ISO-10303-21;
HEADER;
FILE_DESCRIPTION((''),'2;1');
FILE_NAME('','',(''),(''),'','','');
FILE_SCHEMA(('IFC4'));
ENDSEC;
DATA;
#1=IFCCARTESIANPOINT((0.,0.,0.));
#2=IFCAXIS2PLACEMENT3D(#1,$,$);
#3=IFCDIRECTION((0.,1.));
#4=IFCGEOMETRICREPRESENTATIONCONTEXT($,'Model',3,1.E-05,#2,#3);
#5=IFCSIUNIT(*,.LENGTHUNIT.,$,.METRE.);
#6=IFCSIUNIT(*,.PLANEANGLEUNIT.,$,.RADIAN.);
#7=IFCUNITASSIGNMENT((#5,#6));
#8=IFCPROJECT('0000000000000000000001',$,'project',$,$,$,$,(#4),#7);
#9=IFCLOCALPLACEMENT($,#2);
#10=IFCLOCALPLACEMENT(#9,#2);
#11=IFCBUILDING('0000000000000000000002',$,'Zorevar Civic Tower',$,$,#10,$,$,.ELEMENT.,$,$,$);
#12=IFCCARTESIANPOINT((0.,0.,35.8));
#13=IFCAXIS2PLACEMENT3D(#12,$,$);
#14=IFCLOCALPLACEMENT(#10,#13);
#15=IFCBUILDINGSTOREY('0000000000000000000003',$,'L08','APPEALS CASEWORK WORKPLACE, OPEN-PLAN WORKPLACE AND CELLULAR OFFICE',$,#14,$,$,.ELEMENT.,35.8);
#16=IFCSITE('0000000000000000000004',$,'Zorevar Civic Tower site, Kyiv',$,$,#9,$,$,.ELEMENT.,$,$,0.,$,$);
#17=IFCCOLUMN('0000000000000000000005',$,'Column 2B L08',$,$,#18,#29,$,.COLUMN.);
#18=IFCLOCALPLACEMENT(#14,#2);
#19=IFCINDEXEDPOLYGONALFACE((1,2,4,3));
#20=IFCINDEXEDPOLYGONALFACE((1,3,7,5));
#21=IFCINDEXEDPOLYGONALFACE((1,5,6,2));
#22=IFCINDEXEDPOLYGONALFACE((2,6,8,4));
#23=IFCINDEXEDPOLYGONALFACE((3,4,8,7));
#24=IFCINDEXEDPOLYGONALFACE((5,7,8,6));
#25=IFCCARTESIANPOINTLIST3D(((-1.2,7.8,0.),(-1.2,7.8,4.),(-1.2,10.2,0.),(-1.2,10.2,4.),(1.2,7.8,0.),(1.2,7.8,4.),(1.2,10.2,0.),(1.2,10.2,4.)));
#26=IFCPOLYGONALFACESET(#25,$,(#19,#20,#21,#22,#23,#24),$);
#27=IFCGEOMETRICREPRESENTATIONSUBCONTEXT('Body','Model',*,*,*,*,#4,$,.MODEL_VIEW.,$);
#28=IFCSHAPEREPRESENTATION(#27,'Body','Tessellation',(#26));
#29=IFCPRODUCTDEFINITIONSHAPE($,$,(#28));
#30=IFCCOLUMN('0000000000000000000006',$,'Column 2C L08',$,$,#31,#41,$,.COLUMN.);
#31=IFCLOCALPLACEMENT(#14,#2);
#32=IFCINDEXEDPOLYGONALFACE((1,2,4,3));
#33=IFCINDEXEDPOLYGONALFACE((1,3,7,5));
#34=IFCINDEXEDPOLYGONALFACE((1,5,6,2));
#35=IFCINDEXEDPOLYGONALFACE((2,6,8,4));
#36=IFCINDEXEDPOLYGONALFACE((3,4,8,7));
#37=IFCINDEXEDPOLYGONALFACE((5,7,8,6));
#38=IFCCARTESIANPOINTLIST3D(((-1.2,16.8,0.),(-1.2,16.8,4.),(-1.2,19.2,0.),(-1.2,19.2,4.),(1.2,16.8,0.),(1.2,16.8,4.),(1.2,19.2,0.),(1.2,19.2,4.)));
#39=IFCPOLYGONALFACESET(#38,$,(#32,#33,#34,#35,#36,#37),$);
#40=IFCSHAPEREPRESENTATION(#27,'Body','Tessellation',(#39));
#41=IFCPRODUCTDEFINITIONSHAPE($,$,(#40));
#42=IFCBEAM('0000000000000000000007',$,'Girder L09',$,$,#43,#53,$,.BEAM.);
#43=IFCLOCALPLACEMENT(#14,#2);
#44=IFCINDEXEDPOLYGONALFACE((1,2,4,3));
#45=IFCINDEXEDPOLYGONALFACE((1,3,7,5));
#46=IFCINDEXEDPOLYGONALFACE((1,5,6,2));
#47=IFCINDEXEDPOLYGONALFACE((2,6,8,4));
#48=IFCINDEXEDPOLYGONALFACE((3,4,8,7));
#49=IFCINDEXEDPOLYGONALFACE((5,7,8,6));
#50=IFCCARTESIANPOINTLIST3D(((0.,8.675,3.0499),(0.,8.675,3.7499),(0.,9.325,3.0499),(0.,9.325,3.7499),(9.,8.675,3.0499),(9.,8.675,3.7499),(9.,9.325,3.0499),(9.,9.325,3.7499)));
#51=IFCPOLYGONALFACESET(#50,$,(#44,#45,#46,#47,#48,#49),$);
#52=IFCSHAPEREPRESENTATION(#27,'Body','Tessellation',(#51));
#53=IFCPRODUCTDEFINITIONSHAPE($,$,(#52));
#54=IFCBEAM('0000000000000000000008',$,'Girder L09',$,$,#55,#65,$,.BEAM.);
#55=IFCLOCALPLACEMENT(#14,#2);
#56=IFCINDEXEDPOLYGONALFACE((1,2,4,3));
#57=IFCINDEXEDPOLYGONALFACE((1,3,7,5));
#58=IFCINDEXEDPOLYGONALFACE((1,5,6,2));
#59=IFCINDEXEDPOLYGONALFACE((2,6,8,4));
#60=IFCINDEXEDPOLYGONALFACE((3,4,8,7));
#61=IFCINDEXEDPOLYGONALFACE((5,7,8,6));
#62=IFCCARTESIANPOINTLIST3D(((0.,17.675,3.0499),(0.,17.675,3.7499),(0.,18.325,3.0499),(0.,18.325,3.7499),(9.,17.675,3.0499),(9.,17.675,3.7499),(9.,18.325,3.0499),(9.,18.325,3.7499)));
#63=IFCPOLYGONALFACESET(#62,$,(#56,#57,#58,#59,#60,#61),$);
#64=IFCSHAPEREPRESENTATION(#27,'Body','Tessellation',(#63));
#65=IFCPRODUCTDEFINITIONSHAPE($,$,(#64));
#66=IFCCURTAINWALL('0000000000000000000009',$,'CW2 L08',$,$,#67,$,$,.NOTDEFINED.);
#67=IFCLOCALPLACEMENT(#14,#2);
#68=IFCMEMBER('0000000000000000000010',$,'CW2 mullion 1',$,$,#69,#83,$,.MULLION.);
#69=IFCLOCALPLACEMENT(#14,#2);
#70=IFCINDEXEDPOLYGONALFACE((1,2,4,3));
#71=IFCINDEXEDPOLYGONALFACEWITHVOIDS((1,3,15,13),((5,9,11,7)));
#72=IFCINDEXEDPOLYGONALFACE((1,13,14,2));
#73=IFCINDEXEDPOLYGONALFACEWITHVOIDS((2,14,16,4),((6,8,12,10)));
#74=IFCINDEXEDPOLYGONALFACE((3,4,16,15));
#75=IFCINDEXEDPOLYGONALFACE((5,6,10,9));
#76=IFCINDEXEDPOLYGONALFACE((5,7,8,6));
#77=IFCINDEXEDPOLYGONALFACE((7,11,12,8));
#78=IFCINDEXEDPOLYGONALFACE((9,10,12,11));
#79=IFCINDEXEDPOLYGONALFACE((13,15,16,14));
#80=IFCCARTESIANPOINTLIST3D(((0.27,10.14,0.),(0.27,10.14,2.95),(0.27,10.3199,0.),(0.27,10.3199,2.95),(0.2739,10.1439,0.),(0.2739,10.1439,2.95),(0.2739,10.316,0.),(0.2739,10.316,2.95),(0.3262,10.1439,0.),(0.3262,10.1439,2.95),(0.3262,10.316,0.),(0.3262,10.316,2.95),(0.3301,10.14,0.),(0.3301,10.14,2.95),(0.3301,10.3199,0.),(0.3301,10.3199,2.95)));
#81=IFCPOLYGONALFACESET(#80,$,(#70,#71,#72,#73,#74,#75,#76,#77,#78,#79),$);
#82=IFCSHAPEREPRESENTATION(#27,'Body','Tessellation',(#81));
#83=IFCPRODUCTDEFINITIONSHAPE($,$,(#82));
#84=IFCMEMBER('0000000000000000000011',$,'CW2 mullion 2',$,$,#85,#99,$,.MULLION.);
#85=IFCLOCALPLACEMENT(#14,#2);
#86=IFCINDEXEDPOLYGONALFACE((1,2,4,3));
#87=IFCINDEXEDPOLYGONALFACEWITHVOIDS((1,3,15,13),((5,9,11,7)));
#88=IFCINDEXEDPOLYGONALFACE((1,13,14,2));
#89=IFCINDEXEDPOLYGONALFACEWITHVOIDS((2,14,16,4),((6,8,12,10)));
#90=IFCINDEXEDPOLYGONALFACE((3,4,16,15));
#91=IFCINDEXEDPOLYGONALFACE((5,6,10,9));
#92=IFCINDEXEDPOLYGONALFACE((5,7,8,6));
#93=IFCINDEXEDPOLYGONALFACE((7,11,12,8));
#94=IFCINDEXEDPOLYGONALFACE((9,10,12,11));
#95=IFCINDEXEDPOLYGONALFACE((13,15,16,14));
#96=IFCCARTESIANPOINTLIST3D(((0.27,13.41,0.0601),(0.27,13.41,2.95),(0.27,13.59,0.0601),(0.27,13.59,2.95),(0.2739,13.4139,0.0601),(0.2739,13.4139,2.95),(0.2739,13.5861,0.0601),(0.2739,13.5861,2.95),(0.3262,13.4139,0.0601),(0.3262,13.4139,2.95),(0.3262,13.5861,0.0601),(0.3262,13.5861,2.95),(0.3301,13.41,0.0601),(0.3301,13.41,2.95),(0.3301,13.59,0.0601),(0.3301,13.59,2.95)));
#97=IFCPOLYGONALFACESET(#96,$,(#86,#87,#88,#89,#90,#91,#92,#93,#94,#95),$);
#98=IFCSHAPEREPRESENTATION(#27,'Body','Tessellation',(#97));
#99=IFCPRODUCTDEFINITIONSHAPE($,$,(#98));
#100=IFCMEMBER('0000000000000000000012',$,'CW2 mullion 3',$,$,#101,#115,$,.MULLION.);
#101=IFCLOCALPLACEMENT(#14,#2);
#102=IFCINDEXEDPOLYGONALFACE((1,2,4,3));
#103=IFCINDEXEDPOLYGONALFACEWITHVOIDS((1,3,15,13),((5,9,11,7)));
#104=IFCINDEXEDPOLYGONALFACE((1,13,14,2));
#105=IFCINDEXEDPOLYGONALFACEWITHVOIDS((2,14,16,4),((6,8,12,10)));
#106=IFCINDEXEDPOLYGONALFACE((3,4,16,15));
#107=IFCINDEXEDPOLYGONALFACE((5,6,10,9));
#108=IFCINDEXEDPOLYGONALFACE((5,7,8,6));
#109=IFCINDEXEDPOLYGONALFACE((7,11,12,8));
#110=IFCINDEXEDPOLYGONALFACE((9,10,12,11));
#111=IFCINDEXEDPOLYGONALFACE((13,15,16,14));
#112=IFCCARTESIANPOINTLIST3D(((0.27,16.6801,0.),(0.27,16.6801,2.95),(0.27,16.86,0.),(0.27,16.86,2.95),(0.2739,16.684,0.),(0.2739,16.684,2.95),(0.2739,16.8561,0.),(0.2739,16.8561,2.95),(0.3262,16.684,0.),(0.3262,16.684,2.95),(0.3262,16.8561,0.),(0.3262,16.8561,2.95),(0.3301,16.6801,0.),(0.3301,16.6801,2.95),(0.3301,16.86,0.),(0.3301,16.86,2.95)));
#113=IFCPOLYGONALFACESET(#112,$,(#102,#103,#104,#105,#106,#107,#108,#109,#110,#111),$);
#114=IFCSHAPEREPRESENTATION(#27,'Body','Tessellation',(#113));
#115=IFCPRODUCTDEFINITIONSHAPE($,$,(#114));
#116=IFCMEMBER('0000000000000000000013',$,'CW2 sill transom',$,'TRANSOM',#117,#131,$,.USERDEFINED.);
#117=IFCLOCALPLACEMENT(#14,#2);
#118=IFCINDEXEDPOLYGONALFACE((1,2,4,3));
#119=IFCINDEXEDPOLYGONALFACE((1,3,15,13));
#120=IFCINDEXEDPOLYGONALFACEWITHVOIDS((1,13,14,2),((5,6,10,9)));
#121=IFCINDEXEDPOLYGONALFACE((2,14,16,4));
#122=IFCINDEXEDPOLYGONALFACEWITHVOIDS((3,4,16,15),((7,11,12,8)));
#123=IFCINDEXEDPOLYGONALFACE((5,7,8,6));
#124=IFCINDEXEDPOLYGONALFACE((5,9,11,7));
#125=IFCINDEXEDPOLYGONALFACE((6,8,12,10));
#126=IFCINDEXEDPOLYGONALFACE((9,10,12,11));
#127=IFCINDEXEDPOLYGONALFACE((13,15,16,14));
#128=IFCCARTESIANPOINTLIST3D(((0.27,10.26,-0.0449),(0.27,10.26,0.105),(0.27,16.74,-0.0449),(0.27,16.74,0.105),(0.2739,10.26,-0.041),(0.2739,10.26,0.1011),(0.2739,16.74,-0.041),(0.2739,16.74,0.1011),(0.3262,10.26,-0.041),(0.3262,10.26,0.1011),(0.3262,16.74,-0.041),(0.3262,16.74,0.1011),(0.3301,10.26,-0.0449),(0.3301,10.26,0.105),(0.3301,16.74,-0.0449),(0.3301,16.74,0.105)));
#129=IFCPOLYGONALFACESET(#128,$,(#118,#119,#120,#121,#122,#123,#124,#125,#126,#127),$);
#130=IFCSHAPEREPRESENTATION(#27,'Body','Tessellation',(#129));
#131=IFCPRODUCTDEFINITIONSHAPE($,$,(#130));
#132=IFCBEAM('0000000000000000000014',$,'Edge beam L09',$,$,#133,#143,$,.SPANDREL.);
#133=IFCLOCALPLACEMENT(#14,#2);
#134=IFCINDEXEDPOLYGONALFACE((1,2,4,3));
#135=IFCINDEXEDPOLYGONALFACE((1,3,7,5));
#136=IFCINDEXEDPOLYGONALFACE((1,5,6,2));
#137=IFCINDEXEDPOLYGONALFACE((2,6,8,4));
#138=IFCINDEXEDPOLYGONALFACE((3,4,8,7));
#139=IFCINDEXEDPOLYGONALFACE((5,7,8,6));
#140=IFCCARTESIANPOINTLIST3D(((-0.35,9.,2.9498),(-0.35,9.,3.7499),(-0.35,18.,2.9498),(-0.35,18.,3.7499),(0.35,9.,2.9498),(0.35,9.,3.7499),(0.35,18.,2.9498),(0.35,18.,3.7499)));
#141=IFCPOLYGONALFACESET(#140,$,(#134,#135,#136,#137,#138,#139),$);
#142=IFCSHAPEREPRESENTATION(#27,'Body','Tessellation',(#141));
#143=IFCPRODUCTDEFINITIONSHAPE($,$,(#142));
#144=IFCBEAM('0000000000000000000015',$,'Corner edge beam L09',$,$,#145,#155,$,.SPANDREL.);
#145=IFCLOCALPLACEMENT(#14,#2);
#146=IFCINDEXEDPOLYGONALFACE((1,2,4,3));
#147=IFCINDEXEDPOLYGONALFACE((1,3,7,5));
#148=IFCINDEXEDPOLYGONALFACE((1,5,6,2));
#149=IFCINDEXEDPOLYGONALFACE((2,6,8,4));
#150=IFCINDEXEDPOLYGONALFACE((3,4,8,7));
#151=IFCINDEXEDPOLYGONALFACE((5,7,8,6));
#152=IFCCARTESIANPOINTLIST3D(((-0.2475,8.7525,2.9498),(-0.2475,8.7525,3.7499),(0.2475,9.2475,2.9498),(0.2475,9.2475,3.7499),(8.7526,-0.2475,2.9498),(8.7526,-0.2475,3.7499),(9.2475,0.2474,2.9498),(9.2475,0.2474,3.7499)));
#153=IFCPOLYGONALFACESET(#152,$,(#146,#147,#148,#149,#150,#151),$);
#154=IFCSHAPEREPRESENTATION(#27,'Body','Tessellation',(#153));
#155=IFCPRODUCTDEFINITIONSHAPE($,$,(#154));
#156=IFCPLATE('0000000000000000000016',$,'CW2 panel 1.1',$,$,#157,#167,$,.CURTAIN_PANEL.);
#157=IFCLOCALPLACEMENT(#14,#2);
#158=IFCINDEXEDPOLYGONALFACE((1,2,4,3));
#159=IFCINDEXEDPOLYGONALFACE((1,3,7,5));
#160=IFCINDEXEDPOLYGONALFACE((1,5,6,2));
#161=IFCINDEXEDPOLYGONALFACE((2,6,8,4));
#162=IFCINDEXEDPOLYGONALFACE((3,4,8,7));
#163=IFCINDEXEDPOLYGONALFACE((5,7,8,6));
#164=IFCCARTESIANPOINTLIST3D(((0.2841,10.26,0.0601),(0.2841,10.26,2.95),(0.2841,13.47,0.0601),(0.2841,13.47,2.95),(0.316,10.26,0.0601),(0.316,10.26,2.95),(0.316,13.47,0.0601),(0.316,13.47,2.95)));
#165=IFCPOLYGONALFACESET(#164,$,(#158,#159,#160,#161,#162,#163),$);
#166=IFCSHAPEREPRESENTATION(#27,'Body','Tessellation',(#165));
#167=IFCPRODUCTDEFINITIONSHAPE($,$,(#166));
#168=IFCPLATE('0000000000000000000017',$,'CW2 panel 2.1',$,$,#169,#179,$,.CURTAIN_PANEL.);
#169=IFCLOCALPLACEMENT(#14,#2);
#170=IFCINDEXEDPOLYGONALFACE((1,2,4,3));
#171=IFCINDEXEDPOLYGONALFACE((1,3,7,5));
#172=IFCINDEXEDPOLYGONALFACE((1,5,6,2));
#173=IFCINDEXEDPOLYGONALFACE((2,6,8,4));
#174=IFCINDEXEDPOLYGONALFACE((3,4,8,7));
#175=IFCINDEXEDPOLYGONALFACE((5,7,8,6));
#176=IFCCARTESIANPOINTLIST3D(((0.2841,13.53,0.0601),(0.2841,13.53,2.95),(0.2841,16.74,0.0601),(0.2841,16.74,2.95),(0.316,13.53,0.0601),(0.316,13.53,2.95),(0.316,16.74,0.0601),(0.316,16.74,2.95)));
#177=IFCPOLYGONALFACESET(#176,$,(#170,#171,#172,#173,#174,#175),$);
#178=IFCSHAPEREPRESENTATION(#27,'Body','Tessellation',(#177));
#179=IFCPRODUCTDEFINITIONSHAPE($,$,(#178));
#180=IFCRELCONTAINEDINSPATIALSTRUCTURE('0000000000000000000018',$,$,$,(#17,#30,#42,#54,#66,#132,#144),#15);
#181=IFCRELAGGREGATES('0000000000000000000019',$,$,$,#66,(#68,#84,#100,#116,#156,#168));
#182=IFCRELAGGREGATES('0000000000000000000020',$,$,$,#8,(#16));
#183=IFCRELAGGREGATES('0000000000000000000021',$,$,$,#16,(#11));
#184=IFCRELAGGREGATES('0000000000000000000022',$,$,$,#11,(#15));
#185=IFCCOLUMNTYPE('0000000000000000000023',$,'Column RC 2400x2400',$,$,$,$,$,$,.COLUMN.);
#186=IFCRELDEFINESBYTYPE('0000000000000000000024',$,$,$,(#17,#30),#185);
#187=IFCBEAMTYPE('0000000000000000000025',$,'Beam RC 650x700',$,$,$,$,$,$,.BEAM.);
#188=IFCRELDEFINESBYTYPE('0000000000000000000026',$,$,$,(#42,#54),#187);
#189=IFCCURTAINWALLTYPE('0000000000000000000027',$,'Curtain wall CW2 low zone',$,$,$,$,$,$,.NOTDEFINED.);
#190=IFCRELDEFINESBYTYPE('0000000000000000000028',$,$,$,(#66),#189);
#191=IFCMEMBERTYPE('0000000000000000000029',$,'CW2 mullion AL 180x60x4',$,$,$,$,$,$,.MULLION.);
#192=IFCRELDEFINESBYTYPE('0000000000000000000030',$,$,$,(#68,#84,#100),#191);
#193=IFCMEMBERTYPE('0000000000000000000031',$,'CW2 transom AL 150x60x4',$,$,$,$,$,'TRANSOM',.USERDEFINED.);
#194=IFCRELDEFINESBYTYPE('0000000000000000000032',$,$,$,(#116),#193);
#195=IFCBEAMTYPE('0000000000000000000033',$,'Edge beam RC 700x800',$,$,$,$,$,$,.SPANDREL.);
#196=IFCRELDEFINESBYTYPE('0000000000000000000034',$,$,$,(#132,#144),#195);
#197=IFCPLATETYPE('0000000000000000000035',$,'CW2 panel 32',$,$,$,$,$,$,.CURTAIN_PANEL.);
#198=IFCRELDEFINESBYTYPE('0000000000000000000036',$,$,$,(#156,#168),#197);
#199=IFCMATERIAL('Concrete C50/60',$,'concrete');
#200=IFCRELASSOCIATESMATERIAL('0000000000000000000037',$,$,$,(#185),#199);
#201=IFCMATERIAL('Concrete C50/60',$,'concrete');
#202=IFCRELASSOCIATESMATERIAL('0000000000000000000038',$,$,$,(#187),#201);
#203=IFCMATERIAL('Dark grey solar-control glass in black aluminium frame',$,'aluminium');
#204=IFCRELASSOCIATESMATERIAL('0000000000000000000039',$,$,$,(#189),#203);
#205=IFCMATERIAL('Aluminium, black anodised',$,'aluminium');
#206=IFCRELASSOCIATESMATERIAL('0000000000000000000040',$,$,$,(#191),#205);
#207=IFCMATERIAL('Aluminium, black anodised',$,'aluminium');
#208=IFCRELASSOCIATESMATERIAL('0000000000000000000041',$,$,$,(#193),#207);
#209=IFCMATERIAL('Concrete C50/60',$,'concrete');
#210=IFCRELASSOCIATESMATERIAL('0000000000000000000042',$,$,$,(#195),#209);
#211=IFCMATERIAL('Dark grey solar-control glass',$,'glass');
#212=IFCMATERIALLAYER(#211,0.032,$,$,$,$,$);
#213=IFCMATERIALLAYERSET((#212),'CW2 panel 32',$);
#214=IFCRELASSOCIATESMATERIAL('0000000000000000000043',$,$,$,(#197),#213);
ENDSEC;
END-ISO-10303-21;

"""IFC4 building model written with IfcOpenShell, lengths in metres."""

from ifc_helpers import new_model, si_unit, direction, frame, origin, origin_2d, place, context, subcontext, project, spatial, rectangle, hollow_rectangle, extrude, material, layer, layer_set, material_profile, profile_set, type_object, element, aggregate, save


model = new_model("IFC4")

# Units and contexts
model_context = context("Model", 3, precision=1e-05, world=origin(), true_north=direction((0.0, 1.0)))
body_context = subcontext(model_context, "Body", "Model", "MODEL_VIEW")
ifc_project = project(units=[si_unit("LENGTHUNIT", "METRE"), si_unit("PLANEANGLEUNIT", "RADIAN")], contexts=[model_context])

# Site, building, storey
site_placement = place(None, origin())
site = spatial("IfcSite", under=ifc_project, at=site_placement, Name="Zorevar Civic Tower site, Kyiv", CompositionType="ELEMENT", RefElevation=0.0)
building_placement = place(site_placement, origin())
building = spatial("IfcBuilding", under=site, at=building_placement, Name="Zorevar Civic Tower", CompositionType="ELEMENT")
storey_placement = place(building_placement, frame((0.0, 0.0, 35.8)))
storey = spatial("IfcBuildingStorey", under=building, at=storey_placement, Name="L08", Description="APPEALS CASEWORK WORKPLACE, OPEN-PLAN WORKPLACE AND CELLULAR OFFICE", CompositionType="ELEMENT", Elevation=35.8)

# Columns
ifc_material_1 = material(Name="Concrete C50/60", Category="concrete")
ifc_material_profile_1 = material_profile(ifc_material_1, rectangle(XDim=2.3999, YDim=2.3999, at=origin_2d()), Name="RC 2400x2400")
ifc_profile_set_1 = profile_set([ifc_material_profile_1], Name="Concrete C50/60")
column_type = type_object("IfcColumnType", Name="Column RC 2400x2400", PredefinedType="COLUMN", material=ifc_profile_set_1)
for number, where, z_axis, x_axis, name in (
    (1, (0.0, 9.0, 0.0), (0.0, 0.0, 1.0), (1.0, 0.0, 0.0), "Column 2B L08"),
    (2, (0.0, 18.0, 0.0), (0.0, 0.0, 1.0), (1.0, 0.0, 0.0), "Column 2C L08"),
):
    element("IfcColumn", number, at=place(storey_placement, frame(where, z_axis=z_axis, x_axis=x_axis)), inside=storey, type_object=column_type, Name=name, PredefinedType="COLUMN", context=body_context, shape_type="SweptSolid", body=[
        extrude(rectangle(XDim=2.3999, YDim=2.3999, at=origin_2d()), origin(), (0.0, 0.0, 1.0), 4.0),
    ])

# Beams
ifc_material_2 = material(Name="Concrete C50/60", Category="concrete")
ifc_material_profile_2 = material_profile(ifc_material_2, rectangle(XDim=0.6499, YDim=0.7, at=origin_2d()), Name="RC 650x700")
ifc_profile_set_2 = profile_set([ifc_material_profile_2], Name="Concrete C50/60")
beam_type_1 = type_object("IfcBeamType", Name="Beam RC 650x700", PredefinedType="BEAM", material=ifc_profile_set_2)
for number, where, z_axis, x_axis, name in (
    (3, (0.0, 9.0, 3.3999), (1.0, 0.0, 0.0), (0.0, 1.0, 0.0), "Girder L09"),
    (4, (0.0, 18.0, 3.3999), (1.0, 0.0, 0.0), (0.0, 1.0, 0.0), "Girder L09"),
):
    element("IfcBeam", number, at=place(storey_placement, frame(where, z_axis=z_axis, x_axis=x_axis)), inside=storey, type_object=beam_type_1, Name=name, PredefinedType="BEAM", context=body_context, shape_type="SweptSolid", body=[
        extrude(rectangle(XDim=0.6499, YDim=0.7, at=origin_2d()), origin(), (0.0, 0.0, 1.0), 9.0),
    ])

# Curtain wall, members
ifc_material_3 = material(Name="Dark grey solar-control glass in black aluminium frame", Category="aluminium")
curtain_wall_type = type_object("IfcCurtainWallType", Name="Curtain wall CW2 low zone", PredefinedType="NOTDEFINED", material=ifc_material_3)
curtain_wall_placement = place(storey_placement, origin())
curtain_wall = element("IfcCurtainWall", 5, at=curtain_wall_placement, inside=storey, type_object=curtain_wall_type, Name="CW2 L08", PredefinedType="NOTDEFINED")
ifc_material_4 = material(Name="Aluminium, black anodised", Category="aluminium")
ifc_material_profile_3 = material_profile(ifc_material_4, hollow_rectangle(XDim=0.0601, YDim=0.1799, WallThickness=0.0039, at=origin_2d()), Name="AL 180x60x4")
ifc_profile_set_3 = profile_set([ifc_material_profile_3], Name="Aluminium, black anodised")
member_type_1 = type_object("IfcMemberType", Name="CW2 mullion AL 180x60x4", PredefinedType="MULLION", material=ifc_profile_set_3)
member_1_placement = place(storey_placement, frame((0.3, 10.23, 0.0), z_axis=(0.0, 0.0, 1.0), x_axis=(-1.0, 0.0, 0.0)))
member_1 = element("IfcMember", 6, at=member_1_placement, type_object=member_type_1, Name="CW2 mullion 1", PredefinedType="MULLION", context=body_context, shape_type="SweptSolid", body=[
    extrude(hollow_rectangle(XDim=0.0601, YDim=0.1799, WallThickness=0.0039, at=origin_2d()), origin(), (0.0, 0.0, 1.0), 2.95),
])
member_2_placement = place(storey_placement, frame((0.3, 13.5, 0.0601), z_axis=(0.0, 0.0, 1.0), x_axis=(-1.0, 0.0, 0.0)))
member_2 = element("IfcMember", 7, at=member_2_placement, type_object=member_type_1, Name="CW2 mullion 2", PredefinedType="MULLION", context=body_context, shape_type="SweptSolid", body=[
    extrude(hollow_rectangle(XDim=0.0601, YDim=0.1799, WallThickness=0.0039, at=origin_2d()), origin(), (0.0, 0.0, 1.0), 2.8899),
])
member_3_placement = place(storey_placement, frame((0.3, 16.77, 0.0), z_axis=(0.0, 0.0, 1.0), x_axis=(-1.0, 0.0, 0.0)))
member_3 = element("IfcMember", 8, at=member_3_placement, type_object=member_type_1, Name="CW2 mullion 3", PredefinedType="MULLION", context=body_context, shape_type="SweptSolid", body=[
    extrude(hollow_rectangle(XDim=0.0601, YDim=0.1799, WallThickness=0.0039, at=origin_2d()), origin(), (0.0, 0.0, 1.0), 2.95),
])
ifc_material_5 = material(Name="Aluminium, black anodised", Category="aluminium")
ifc_material_profile_4 = material_profile(ifc_material_5, hollow_rectangle(XDim=0.0601, YDim=0.1499, WallThickness=0.0039, at=origin_2d()), Name="AL 150x60x4")
ifc_profile_set_4 = profile_set([ifc_material_profile_4], Name="Aluminium, black anodised")
member_type_2 = type_object("IfcMemberType", Name="CW2 transom AL 150x60x4", ElementType="TRANSOM", PredefinedType="USERDEFINED", material=ifc_profile_set_4)
member_4_placement = place(storey_placement, frame((0.3, 10.26, 0.03), z_axis=(0.0, 1.0, 0.0), x_axis=(-1.0, 0.0, 0.0)))
member_4 = element("IfcMember", 9, at=member_4_placement, type_object=member_type_2, Name="CW2 sill transom", ObjectType="TRANSOM", PredefinedType="USERDEFINED", context=body_context, shape_type="SweptSolid", body=[
    extrude(hollow_rectangle(XDim=0.0601, YDim=0.1499, WallThickness=0.0039, at=origin_2d()), origin(), (0.0, 0.0, 1.0), 6.48),
])

# Beams
ifc_material_6 = material(Name="Concrete C50/60", Category="concrete")
ifc_material_profile_5 = material_profile(ifc_material_6, rectangle(XDim=0.7, YDim=0.8, at=origin_2d()), Name="RC 700x800")
ifc_profile_set_5 = profile_set([ifc_material_profile_5], Name="Concrete C50/60")
beam_type_2 = type_object("IfcBeamType", Name="Edge beam RC 700x800", PredefinedType="SPANDREL", material=ifc_profile_set_5)
beam_1_placement = place(storey_placement, frame((0.0, 9.0, 3.3499), z_axis=(0.0, 1.0, 0.0), x_axis=(-1.0, 0.0, 0.0)))
element("IfcBeam", 10, at=beam_1_placement, inside=storey, type_object=beam_type_2, Name="Edge beam L09", PredefinedType="SPANDREL", context=body_context, shape_type="SweptSolid", body=[
    extrude(rectangle(XDim=0.7, YDim=0.8, at=origin_2d()), origin(), (0.0, 0.0, 1.0), 9.0),
])
beam_2_placement = place(storey_placement, frame((0.0, 9.0, 3.3499), z_axis=(0.707107, -0.707107, 0.0), x_axis=(0.707107, 0.707107, 0.0)))
element("IfcBeam", 11, at=beam_2_placement, inside=storey, type_object=beam_type_2, Name="Corner edge beam L09", PredefinedType="SPANDREL", context=body_context, shape_type="SweptSolid", body=[
    extrude(rectangle(XDim=0.7, YDim=0.8, at=origin_2d()), origin(), (0.0, 0.0, 1.0), 12.728),
])

# Plates
ifc_material_7 = material(Name="Dark grey solar-control glass", Category="glass")
ifc_layer_1 = layer(ifc_material_7, 0.032)
ifc_layer_set_1 = layer_set([ifc_layer_1], Name="CW2 panel 32")
plate_type = type_object("IfcPlateType", Name="CW2 panel 32", PredefinedType="CURTAIN_PANEL", material=ifc_layer_set_1)
plate_1_placement = place(storey_placement, frame((0.3, 11.865, 0.0601), z_axis=(0.0, 0.0, 1.0), x_axis=(0.0, 1.0, 0.0)))
plate_1 = element("IfcPlate", 12, at=plate_1_placement, type_object=plate_type, Name="CW2 panel 1.1", PredefinedType="CURTAIN_PANEL", context=body_context, shape_type="SweptSolid", body=[
    extrude(rectangle(XDim=3.21, YDim=0.032, at=origin_2d()), origin(), (0.0, 0.0, 1.0), 2.8899),
])
plate_2_placement = place(storey_placement, frame((0.3, 15.135, 0.0601), z_axis=(0.0, 0.0, 1.0), x_axis=(0.0, 1.0, 0.0)))
plate_2 = element("IfcPlate", 13, at=plate_2_placement, type_object=plate_type, Name="CW2 panel 2.1", PredefinedType="CURTAIN_PANEL", context=body_context, shape_type="SweptSolid", body=[
    extrude(rectangle(XDim=3.21, YDim=0.032, at=origin_2d()), origin(), (0.0, 0.0, 1.0), 2.8899),
])
aggregate(curtain_wall, [member_1, member_2, member_3, member_4, plate_1, plate_2])

save(model, "model.ifc")
